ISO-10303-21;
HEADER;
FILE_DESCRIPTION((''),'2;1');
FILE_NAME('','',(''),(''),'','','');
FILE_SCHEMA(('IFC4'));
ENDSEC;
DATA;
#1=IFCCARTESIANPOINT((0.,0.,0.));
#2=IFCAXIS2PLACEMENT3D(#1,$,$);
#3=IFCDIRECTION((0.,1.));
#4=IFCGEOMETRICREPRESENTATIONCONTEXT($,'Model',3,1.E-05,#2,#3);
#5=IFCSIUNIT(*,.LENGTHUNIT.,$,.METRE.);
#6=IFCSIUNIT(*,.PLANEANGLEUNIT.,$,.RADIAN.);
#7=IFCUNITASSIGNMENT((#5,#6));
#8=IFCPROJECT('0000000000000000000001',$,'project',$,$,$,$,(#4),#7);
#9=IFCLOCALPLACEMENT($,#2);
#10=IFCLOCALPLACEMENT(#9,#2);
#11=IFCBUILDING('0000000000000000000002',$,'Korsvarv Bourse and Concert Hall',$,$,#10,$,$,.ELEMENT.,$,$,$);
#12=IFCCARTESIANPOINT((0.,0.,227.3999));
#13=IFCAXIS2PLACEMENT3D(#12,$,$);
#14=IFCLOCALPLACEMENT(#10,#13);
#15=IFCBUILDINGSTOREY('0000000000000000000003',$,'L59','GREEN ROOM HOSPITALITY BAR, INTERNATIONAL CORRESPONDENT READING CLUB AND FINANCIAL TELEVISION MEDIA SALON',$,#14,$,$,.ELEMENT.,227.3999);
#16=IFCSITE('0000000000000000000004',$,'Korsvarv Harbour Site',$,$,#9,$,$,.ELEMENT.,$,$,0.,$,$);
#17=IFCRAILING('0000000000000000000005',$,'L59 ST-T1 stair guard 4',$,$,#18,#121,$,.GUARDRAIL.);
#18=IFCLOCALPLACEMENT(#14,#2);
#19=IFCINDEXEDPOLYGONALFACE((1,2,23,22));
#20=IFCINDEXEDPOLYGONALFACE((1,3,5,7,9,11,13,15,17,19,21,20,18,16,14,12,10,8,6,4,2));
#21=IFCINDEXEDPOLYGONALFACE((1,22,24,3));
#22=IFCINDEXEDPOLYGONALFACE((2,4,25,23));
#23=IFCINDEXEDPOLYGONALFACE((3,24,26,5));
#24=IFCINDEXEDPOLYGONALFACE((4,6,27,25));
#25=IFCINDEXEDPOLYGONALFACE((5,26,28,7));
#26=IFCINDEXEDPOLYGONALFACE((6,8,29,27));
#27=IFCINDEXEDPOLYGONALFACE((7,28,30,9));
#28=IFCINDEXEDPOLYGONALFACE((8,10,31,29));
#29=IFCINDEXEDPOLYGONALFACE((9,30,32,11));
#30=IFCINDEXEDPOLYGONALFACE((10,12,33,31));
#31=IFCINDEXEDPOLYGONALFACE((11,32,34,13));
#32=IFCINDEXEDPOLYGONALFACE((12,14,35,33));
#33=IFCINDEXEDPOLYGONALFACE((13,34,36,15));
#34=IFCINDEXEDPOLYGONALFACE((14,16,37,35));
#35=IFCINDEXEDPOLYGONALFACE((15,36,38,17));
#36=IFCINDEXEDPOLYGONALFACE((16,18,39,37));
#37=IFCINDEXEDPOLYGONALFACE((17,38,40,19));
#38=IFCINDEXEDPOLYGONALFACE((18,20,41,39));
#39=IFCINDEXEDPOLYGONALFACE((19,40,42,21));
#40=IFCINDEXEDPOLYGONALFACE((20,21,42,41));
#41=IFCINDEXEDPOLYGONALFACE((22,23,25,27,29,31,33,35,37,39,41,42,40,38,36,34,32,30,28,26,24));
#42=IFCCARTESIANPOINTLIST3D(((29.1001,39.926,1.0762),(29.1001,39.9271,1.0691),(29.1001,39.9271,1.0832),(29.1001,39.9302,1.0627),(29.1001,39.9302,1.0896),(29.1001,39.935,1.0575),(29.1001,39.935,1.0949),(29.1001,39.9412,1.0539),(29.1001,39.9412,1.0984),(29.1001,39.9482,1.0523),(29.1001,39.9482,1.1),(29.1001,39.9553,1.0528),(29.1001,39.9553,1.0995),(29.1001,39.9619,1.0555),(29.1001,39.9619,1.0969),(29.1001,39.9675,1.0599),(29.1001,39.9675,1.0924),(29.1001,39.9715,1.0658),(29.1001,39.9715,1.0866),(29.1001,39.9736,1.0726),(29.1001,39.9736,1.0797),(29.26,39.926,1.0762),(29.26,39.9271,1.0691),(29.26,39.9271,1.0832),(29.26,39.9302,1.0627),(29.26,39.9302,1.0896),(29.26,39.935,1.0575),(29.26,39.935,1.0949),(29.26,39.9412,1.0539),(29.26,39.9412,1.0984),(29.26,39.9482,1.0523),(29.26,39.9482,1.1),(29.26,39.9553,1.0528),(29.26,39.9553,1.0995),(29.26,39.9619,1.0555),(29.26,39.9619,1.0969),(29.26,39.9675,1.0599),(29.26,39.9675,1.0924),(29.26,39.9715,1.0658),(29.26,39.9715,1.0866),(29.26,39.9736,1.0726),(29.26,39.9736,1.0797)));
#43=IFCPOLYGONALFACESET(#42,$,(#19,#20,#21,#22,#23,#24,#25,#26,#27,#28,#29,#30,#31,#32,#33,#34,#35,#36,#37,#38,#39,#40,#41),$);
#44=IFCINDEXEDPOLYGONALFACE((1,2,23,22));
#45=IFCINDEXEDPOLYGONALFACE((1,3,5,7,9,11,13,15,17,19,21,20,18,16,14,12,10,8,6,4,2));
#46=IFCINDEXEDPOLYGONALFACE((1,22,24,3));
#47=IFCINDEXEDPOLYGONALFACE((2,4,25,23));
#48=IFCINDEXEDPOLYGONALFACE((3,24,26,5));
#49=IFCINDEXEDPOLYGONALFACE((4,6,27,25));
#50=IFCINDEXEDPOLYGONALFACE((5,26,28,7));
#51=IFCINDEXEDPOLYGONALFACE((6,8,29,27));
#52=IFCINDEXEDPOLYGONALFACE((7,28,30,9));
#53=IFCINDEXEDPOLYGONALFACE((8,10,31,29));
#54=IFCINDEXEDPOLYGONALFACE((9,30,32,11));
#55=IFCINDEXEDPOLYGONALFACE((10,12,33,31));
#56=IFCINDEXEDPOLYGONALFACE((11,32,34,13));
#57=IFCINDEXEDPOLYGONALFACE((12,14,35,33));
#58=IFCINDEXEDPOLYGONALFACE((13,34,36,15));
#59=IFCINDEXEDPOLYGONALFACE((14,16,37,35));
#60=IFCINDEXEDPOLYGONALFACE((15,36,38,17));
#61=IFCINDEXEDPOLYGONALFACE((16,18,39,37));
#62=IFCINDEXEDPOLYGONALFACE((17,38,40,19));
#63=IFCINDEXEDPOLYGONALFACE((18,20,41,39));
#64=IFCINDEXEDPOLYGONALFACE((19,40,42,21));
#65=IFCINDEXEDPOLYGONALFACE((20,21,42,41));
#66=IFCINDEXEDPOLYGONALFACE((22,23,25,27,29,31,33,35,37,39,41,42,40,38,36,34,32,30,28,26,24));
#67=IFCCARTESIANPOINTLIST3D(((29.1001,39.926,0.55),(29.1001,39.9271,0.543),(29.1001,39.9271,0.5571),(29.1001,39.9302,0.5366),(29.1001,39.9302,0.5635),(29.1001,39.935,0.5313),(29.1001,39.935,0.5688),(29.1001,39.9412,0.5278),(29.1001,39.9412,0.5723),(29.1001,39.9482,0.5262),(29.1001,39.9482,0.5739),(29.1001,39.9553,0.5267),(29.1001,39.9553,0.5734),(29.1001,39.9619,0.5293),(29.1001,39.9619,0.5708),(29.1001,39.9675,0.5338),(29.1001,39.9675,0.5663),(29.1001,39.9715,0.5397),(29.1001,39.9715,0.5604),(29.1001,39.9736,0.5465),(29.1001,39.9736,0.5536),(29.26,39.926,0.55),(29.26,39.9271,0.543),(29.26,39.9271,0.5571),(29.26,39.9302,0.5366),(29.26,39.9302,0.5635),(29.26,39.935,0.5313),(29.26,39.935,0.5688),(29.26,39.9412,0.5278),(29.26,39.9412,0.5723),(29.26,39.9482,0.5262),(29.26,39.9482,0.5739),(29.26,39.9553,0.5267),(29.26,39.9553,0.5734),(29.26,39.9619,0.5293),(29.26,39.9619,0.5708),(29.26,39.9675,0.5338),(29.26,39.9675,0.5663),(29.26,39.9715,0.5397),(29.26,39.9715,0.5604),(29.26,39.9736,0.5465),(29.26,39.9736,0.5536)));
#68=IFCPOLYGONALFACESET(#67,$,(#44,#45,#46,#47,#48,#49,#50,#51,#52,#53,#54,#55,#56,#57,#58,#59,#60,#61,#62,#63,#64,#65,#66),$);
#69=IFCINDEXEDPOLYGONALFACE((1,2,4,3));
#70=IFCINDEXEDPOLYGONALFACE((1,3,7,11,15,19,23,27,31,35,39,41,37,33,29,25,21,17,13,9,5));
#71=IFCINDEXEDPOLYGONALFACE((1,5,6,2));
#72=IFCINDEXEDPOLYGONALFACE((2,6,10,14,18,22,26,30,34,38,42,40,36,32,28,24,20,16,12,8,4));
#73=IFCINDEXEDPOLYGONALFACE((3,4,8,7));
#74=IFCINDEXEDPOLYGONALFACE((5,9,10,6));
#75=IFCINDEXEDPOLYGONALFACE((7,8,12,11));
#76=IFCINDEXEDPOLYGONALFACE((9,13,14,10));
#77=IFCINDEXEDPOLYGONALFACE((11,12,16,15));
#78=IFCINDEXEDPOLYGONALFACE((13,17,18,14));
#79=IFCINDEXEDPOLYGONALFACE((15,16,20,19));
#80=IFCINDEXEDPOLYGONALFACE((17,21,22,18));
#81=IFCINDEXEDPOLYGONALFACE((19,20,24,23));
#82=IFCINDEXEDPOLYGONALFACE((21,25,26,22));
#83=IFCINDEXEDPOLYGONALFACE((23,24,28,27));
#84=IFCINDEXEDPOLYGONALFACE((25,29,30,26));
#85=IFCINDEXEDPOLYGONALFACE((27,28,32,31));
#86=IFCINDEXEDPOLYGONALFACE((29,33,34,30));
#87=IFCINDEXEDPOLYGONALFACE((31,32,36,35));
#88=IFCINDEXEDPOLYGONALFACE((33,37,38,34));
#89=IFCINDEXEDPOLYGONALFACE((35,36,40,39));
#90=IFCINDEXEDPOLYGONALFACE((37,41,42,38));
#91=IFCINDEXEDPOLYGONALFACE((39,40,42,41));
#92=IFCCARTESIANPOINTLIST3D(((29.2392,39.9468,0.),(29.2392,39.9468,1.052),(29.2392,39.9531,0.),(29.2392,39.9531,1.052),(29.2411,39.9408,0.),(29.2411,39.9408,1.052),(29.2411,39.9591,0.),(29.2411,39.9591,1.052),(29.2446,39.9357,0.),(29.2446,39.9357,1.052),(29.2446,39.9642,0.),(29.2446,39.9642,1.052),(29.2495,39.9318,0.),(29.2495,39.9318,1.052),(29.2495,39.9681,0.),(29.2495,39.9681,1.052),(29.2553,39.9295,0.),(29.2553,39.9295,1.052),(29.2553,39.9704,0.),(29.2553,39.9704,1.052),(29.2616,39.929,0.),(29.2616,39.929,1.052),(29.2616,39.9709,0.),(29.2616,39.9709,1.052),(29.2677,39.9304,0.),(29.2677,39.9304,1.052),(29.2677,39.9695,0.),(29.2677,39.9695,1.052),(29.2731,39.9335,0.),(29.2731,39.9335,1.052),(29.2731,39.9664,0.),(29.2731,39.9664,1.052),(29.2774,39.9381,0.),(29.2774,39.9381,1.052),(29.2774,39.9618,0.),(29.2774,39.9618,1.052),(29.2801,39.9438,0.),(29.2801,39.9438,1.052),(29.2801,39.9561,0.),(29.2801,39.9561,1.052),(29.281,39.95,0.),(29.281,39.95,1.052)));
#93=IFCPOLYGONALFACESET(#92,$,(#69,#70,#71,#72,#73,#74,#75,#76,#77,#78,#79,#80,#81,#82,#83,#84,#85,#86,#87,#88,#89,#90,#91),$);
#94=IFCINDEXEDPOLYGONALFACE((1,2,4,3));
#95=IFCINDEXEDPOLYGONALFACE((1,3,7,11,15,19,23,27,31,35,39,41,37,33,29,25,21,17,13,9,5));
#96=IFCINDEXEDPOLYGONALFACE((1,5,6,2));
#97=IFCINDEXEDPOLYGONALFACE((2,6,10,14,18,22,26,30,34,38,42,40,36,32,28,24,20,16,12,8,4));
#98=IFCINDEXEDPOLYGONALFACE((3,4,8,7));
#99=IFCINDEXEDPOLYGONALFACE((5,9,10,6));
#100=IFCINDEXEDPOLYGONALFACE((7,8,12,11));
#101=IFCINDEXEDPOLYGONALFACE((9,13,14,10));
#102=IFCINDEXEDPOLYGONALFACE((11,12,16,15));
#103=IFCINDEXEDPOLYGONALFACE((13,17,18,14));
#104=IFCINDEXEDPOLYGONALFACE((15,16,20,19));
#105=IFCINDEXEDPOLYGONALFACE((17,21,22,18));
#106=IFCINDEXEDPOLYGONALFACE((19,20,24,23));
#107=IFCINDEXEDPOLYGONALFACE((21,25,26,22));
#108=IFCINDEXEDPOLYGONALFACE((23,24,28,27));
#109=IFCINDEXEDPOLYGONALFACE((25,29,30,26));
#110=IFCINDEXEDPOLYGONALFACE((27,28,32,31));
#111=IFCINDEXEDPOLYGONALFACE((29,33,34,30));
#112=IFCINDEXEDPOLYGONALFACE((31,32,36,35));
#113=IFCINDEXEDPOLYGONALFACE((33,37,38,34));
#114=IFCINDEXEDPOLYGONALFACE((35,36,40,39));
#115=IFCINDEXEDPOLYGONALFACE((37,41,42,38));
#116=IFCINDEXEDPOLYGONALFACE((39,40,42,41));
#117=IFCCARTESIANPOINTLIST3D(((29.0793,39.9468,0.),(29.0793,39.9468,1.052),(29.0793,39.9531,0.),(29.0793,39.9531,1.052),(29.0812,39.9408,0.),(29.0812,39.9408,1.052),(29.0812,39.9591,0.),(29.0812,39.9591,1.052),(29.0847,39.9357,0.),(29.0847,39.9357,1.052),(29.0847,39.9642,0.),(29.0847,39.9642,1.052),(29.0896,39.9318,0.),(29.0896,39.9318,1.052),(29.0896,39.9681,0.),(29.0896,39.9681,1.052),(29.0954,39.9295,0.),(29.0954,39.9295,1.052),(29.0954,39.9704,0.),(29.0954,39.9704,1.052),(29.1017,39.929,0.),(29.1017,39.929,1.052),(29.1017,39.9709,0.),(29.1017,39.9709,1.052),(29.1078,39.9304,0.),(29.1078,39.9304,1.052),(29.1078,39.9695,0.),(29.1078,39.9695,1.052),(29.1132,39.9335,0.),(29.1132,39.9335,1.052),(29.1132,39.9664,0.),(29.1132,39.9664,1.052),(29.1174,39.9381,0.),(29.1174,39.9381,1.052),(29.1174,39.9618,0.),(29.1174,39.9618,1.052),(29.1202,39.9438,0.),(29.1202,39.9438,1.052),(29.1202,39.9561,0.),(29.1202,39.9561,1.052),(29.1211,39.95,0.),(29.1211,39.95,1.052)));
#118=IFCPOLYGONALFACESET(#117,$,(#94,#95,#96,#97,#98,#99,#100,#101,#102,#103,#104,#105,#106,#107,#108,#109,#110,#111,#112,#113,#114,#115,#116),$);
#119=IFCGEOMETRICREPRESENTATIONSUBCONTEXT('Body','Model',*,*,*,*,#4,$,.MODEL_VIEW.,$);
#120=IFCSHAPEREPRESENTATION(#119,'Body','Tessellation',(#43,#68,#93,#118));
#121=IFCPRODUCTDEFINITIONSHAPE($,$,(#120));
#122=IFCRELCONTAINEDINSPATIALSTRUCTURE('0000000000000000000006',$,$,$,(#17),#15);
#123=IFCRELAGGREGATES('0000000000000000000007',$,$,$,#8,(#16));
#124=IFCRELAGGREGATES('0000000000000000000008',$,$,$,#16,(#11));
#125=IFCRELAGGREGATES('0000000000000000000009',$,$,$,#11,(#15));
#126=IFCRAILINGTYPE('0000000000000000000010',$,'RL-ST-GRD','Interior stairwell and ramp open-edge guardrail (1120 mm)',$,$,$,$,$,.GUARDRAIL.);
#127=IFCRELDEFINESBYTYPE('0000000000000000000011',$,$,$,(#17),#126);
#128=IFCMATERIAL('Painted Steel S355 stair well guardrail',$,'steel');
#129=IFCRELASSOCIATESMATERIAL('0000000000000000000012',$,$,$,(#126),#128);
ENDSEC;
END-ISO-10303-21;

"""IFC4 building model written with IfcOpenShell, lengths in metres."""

from ifc_helpers import new_model, si_unit, direction, frame, origin, origin_2d, place, context, subcontext, project, spatial, circle, extrude, material, type_object, element, save


model = new_model("IFC4")

# Units and contexts
model_context = context("Model", 3, precision=1e-05, world=origin(), true_north=direction((0.0, 1.0)))
body_context = subcontext(model_context, "Body", "Model", "MODEL_VIEW")
ifc_project = project(units=[si_unit("LENGTHUNIT", "METRE"), si_unit("PLANEANGLEUNIT", "RADIAN")], contexts=[model_context])

# Site, building, storey
site_placement = place(None, origin())
site = spatial("IfcSite", under=ifc_project, at=site_placement, Name="Korsvarv Harbour Site", CompositionType="ELEMENT", RefElevation=0.0)
building_placement = place(site_placement, origin())
building = spatial("IfcBuilding", under=site, at=building_placement, Name="Korsvarv Bourse and Concert Hall", CompositionType="ELEMENT")
storey_placement = place(building_placement, frame((0.0, 0.0, 227.3999)))
storey = spatial("IfcBuildingStorey", under=building, at=storey_placement, Name="L59", Description="GREEN ROOM HOSPITALITY BAR, INTERNATIONAL CORRESPONDENT READING CLUB AND FINANCIAL TELEVISION MEDIA SALON", CompositionType="ELEMENT", Elevation=227.3999)

# Railing
ifc_material_1 = material(Name="Painted Steel S355 stair well guardrail", Category="steel")
railing_type_1 = type_object("IfcRailingType", Name="RL-ST-GRD", Description="Interior stairwell and ramp open-edge guardrail (1120 mm)", PredefinedType="GUARDRAIL", material=ifc_material_1)
railing_1_placement = place(storey_placement, frame((29.26, 39.95, 0.0)))
element("IfcRailing", 1, at=railing_1_placement, inside=storey, type_object=railing_type_1, Name="L59 ST-T1 stair guard 4", PredefinedType="GUARDRAIL", context=body_context, shape_type="SweptSolid", body=[
    extrude(circle(Radius=0.0239, at=origin_2d()), frame((0.0, 0.0, 1.0762), z_axis=(-1.0, 0.0, 0.0), x_axis=(0.0, -1.0, 0.0)), (0.0, 0.0, 1.0), 0.1599),
    extrude(circle(Radius=0.0239, at=origin_2d()), frame((0.0, 0.0, 0.55), z_axis=(-1.0, 0.0, 0.0), x_axis=(0.0, -1.0, 0.0)), (0.0, 0.0, 1.0), 0.1599),
    extrude(circle(Radius=0.021, at=origin_2d()), origin(), (0.0, 0.0, 1.0), 1.052),
    extrude(circle(Radius=0.021, at=origin_2d()), frame((-0.1599, 0.0, 0.0)), (0.0, 0.0, 1.0), 1.052),
])

save(model, "model.ifc")
